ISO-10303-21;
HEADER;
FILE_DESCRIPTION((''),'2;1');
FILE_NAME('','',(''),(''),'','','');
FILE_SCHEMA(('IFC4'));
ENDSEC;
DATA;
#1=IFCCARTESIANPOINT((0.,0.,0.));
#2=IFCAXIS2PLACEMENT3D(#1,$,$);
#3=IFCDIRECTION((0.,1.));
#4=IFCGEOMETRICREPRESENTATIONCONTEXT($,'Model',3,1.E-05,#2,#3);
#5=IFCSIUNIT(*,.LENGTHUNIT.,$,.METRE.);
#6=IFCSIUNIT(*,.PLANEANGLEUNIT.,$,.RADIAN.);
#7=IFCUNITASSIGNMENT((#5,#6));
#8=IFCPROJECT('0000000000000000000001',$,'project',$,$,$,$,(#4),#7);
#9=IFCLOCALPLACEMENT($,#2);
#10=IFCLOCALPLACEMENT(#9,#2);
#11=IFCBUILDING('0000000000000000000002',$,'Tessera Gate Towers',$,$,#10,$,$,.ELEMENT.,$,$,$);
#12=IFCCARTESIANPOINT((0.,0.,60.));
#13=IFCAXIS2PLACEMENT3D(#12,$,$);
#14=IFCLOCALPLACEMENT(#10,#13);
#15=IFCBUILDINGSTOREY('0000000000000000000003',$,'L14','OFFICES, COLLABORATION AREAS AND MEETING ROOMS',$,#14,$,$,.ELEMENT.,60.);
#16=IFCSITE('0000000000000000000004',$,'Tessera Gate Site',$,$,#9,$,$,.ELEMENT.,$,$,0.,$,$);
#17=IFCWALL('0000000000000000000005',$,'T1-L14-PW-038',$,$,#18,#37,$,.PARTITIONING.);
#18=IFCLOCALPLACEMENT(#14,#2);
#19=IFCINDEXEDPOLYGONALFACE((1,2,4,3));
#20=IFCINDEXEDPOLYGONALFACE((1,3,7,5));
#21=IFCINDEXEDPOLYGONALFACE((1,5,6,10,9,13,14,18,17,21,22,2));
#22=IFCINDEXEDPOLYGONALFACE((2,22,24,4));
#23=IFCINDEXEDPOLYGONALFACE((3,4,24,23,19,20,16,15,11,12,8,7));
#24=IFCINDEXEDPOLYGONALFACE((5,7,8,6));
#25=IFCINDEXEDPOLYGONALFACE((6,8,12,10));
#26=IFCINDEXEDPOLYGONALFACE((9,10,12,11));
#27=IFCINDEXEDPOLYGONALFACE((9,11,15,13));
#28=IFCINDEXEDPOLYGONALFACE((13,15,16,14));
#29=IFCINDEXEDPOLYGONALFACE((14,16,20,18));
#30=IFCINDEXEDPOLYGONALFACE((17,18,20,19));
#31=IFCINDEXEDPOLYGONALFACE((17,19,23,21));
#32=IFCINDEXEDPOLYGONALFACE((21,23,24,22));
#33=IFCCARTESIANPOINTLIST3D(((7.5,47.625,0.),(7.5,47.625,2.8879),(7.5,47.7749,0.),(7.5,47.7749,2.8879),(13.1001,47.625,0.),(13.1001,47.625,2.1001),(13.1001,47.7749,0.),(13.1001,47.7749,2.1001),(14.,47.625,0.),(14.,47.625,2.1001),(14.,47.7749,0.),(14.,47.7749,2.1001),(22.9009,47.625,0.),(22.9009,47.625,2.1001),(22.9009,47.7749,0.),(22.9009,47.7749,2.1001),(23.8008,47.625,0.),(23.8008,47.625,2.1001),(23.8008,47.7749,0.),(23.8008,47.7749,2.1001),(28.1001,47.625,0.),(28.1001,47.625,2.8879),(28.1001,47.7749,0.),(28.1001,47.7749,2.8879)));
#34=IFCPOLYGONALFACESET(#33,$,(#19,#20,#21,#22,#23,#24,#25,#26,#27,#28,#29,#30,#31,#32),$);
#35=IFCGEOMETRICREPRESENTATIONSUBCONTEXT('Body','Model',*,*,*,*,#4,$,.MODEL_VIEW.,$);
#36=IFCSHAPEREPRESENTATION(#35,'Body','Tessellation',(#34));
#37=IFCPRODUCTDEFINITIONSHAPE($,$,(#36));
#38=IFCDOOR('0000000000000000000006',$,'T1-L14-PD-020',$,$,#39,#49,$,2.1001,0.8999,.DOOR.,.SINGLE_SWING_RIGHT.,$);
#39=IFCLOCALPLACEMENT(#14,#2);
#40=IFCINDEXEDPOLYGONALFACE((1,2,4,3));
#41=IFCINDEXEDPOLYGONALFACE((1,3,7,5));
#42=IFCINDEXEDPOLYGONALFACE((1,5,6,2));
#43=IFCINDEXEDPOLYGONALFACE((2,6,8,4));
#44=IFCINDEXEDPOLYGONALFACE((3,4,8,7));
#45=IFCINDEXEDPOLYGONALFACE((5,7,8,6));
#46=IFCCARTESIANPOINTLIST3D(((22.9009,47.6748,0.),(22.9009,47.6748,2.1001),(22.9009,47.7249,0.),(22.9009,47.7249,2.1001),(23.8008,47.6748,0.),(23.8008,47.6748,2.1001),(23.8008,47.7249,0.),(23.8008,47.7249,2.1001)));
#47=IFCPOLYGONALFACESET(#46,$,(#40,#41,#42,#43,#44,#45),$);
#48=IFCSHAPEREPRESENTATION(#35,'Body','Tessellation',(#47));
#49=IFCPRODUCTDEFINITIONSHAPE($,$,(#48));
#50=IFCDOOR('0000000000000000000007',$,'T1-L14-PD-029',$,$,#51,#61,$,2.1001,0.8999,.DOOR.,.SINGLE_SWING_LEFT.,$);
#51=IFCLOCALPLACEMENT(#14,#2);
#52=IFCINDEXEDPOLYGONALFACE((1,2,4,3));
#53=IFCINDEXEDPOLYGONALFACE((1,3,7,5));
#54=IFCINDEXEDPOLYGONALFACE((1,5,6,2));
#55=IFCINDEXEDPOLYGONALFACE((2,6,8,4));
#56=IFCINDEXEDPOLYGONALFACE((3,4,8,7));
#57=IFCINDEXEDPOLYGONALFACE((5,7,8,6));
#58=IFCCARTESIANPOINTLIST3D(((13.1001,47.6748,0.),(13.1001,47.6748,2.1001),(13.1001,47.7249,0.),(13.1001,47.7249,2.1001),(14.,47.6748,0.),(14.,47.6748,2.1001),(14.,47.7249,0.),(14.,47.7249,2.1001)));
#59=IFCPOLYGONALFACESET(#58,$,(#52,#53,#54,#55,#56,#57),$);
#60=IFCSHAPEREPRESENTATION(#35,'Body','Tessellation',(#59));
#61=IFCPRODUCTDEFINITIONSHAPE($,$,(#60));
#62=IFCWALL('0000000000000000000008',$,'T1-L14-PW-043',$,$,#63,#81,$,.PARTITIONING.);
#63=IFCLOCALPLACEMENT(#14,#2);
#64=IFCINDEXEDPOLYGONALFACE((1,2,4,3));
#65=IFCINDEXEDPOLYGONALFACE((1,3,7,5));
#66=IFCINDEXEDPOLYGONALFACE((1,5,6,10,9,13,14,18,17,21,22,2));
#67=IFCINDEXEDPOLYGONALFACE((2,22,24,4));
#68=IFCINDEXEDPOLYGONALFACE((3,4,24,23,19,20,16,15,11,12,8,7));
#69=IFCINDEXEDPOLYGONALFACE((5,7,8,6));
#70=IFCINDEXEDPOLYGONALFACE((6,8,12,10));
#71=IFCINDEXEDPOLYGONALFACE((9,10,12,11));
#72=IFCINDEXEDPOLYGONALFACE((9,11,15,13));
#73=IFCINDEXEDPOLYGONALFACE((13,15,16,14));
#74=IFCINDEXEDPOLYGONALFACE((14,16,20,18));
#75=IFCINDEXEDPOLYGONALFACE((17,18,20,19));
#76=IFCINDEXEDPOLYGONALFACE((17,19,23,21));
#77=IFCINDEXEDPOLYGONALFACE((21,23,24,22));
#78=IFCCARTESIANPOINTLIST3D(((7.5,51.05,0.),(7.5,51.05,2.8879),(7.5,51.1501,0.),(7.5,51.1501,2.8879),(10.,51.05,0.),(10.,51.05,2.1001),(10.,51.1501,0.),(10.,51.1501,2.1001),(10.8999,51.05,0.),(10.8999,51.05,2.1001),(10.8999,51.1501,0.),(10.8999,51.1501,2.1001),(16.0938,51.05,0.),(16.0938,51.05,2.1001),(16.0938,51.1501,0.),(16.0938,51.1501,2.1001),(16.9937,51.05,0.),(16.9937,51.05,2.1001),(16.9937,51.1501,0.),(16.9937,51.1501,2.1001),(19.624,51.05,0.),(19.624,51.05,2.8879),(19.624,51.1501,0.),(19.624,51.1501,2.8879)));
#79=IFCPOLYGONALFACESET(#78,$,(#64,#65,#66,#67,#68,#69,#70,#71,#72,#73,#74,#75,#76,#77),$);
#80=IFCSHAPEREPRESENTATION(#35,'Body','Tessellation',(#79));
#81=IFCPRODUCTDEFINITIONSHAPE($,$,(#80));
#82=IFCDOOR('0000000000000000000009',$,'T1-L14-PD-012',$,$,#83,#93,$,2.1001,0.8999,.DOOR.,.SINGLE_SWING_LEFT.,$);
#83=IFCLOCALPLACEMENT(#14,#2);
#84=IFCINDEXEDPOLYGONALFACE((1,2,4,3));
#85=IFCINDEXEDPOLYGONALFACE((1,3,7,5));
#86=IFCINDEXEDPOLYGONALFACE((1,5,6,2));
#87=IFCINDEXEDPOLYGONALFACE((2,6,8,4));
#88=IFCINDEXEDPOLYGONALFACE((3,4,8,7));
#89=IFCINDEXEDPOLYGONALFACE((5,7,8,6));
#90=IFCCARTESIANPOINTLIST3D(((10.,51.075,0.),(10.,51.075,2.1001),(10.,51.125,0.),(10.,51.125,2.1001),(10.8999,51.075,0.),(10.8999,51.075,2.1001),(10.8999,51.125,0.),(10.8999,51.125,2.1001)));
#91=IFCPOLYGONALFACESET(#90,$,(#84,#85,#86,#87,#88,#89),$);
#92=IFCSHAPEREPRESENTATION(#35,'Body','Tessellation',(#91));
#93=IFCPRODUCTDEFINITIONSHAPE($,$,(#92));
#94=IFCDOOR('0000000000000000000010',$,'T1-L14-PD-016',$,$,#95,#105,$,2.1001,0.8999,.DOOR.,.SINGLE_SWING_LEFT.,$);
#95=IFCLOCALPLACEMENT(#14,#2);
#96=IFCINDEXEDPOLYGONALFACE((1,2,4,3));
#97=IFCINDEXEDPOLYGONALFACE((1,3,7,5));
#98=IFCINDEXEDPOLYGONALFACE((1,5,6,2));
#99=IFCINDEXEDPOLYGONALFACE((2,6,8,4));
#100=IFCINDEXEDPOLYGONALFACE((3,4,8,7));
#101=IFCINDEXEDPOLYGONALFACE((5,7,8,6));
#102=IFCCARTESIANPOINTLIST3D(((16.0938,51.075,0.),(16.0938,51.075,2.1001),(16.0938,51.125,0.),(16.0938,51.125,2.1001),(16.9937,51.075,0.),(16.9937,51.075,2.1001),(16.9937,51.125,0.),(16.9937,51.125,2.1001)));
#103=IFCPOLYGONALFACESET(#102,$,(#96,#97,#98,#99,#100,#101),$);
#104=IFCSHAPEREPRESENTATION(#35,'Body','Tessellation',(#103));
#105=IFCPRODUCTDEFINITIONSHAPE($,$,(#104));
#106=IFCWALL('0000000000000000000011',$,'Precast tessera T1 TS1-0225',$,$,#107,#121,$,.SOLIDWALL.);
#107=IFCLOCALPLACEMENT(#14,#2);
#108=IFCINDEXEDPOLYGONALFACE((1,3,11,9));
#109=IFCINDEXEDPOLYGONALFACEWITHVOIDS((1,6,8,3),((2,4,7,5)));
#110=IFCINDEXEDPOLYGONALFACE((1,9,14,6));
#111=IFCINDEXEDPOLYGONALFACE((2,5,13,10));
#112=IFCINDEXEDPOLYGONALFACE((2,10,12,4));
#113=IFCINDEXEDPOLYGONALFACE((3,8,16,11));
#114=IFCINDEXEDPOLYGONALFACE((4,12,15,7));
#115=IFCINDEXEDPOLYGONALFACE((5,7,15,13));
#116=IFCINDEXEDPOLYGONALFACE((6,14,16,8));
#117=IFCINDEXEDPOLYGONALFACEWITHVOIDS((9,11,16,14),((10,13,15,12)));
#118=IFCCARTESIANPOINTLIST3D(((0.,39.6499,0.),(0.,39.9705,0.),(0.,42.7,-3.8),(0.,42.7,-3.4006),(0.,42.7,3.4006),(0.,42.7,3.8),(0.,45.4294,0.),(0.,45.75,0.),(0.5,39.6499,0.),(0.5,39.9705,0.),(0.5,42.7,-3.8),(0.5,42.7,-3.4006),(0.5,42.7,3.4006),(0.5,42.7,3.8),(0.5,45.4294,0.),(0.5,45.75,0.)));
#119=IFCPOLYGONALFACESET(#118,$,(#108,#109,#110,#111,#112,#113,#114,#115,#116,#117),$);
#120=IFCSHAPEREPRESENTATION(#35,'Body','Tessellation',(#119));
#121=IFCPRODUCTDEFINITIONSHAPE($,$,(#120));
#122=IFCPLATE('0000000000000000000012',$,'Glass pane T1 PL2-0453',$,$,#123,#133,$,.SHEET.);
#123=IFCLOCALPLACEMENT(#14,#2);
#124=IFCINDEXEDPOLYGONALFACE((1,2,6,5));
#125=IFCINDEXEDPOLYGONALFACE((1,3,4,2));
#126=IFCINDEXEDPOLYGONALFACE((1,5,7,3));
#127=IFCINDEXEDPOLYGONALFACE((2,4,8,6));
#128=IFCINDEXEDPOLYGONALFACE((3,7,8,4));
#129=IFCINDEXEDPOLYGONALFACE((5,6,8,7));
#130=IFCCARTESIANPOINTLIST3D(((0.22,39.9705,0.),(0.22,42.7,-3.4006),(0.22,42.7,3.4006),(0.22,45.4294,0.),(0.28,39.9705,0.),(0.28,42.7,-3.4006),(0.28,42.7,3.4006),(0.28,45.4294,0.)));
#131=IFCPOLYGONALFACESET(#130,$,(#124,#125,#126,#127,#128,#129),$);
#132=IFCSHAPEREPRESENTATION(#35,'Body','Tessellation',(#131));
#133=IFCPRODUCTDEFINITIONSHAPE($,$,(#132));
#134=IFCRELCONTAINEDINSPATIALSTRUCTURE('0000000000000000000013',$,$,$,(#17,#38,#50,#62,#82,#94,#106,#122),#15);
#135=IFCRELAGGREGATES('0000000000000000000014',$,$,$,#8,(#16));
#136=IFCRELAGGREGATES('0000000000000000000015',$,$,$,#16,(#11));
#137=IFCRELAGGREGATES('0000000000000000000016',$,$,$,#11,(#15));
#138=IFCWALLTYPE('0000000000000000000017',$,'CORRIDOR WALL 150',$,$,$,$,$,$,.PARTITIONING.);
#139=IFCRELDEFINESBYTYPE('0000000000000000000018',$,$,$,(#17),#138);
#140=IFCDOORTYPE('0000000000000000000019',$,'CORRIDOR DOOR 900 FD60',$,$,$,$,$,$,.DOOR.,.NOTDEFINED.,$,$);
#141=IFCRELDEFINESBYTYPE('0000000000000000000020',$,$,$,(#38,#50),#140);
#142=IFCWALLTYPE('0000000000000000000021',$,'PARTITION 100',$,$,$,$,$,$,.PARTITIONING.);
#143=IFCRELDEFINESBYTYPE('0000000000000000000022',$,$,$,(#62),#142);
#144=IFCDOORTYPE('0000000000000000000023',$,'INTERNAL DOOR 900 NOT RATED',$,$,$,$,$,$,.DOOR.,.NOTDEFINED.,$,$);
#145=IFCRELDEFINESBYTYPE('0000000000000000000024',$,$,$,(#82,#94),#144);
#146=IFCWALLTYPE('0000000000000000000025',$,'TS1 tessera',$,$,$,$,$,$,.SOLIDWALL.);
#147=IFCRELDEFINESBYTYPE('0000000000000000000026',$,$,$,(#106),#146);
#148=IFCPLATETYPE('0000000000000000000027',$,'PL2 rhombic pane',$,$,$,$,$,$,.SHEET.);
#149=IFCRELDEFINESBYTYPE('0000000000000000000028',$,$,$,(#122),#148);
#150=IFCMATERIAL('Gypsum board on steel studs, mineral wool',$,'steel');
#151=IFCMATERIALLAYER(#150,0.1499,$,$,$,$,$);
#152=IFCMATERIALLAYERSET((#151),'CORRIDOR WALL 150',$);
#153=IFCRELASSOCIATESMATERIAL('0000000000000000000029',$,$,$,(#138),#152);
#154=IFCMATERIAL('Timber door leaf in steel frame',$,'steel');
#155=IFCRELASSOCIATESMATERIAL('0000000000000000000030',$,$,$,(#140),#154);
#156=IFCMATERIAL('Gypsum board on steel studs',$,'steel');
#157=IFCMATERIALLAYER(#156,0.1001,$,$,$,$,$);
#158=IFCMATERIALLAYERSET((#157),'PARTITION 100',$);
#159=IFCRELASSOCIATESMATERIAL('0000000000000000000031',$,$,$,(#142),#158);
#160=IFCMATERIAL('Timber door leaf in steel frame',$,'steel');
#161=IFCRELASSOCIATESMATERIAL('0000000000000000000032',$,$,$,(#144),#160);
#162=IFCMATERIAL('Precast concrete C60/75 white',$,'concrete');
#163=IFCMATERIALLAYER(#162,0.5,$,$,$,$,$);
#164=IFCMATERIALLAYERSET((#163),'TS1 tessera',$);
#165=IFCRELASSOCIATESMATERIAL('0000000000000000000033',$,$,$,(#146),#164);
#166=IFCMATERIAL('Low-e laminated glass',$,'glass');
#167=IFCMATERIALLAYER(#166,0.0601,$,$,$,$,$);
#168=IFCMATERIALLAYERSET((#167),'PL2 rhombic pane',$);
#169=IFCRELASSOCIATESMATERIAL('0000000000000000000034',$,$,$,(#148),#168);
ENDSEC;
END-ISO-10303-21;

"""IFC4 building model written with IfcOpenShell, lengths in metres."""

from ifc_helpers import new_model, si_unit, direction, frame, frame_2d, origin, place, context, subcontext, project, spatial, polyline, rectangle, outline, extrude, source, transform, mapped, material, layer, layer_set, type_object, element, fill, save


model = new_model("IFC4")

# Units and contexts
model_context = context("Model", 3, precision=1e-05, world=origin(), true_north=direction((0.0, 1.0)))
body_context = subcontext(model_context, "Body", "Model", "MODEL_VIEW")
ifc_project = project(units=[si_unit("LENGTHUNIT", "METRE"), si_unit("PLANEANGLEUNIT", "RADIAN")], contexts=[model_context])

# Site, building, storey
site_placement = place(None, origin())
site = spatial("IfcSite", under=ifc_project, at=site_placement, Name="Tessera Gate Site", CompositionType="ELEMENT", RefElevation=0.0)
building_placement = place(site_placement, origin())
building = spatial("IfcBuilding", under=site, at=building_placement, Name="Tessera Gate Towers", CompositionType="ELEMENT")
storey_placement = place(building_placement, frame((0.0, 0.0, 60.0)))
storey = spatial("IfcBuildingStorey", under=building, at=storey_placement, Name="L14", Description="OFFICES, COLLABORATION AREAS AND MEETING ROOMS", CompositionType="ELEMENT", Elevation=60.0)

# Walls, openings, doors
ifc_material_1 = material(Name="Gypsum board on steel studs, mineral wool", Category="steel")
ifc_layer_1 = layer(ifc_material_1, 0.1499)
ifc_layer_set_1 = layer_set([ifc_layer_1], Name="CORRIDOR WALL 150")
wall_type_1 = type_object("IfcWallType", Name="CORRIDOR WALL 150", PredefinedType="PARTITIONING", material=ifc_layer_set_1)
wall_1_placement = place(storey_placement, frame((7.5, 47.7, 0.0), z_axis=(0.0, 0.0, 1.0), x_axis=(1.0, 0.0, 0.0)))
wall_1 = element("IfcWall", 1, at=wall_1_placement, inside=storey, type_object=wall_type_1, Name="T1-L14-PW-038", PredefinedType="PARTITIONING", context=body_context, shape_type="SweptSolid", body=[
    extrude(rectangle(XDim=20.6001, YDim=0.1499, at=frame_2d((10.3, 0.0))), origin(), (0.0, 0.0, 1.0), 2.8879),
])
shared_shape_1 = source(origin(), body_context, "Body", "SweptSolid", [
    extrude(rectangle(XDim=0.8999, YDim=2.1001, at=frame_2d((0.45, 1.05))), frame((0.0, 0.085, 0.0), z_axis=(0.0, -1.0, 0.0), x_axis=(1.0, 0.0, 0.0)), (0.0, 0.0, 1.0), 0.1699),
])
opening_1_placement = place(wall_1_placement, frame((15.4009, 0.0, 0.0)))
opening_1 = element("IfcOpeningElement", 2, at=opening_1_placement, cuts=wall_1, PredefinedType="OPENING", context=body_context, shape_type="MappedRepresentation", body=[
    mapped(shared_shape_1, transform((0.0, 0.0, 0.0), scale=1.0)),
])
opening_2_placement = place(wall_1_placement, frame((5.6001, 0.0, 0.0)))
opening_2 = element("IfcOpeningElement", 3, at=opening_2_placement, cuts=wall_1, PredefinedType="OPENING", context=body_context, shape_type="MappedRepresentation", body=[
    mapped(shared_shape_1, transform((0.0, 0.0, 0.0), scale=1.0)),
])
ifc_material_2 = material(Name="Timber door leaf in steel frame", Category="steel")
door_type_1 = type_object("IfcDoorType", Name="CORRIDOR DOOR 900 FD60", OperationType="NOTDEFINED", PredefinedType="DOOR", material=ifc_material_2)
shared_shape_2 = source(origin(), body_context, "Body", "SweptSolid", [
    extrude(rectangle(XDim=0.8999, YDim=2.1001, at=frame_2d((0.45, 1.05))), frame((0.0, 0.0249, 0.0), z_axis=(0.0, -1.0, 0.0), x_axis=(1.0, 0.0, 0.0)), (0.0, 0.0, 1.0), 0.05),
])
door_1_placement = place(opening_1_placement, origin())
door_1 = element("IfcDoor", 4, at=door_1_placement, inside=storey, type_object=door_type_1, Name="T1-L14-PD-020", OperationType="SINGLE_SWING_RIGHT", OverallHeight=2.1001, OverallWidth=0.8999, PredefinedType="DOOR", context=body_context, shape_type="MappedRepresentation", body=[
    mapped(shared_shape_2, transform((0.0, 0.0, 0.0), scale=1.0)),
])
fill(opening_1, door_1)
door_2_placement = place(opening_2_placement, origin())
door_2 = element("IfcDoor", 5, at=door_2_placement, inside=storey, type_object=door_type_1, Name="T1-L14-PD-029", OperationType="SINGLE_SWING_LEFT", OverallHeight=2.1001, OverallWidth=0.8999, PredefinedType="DOOR", context=body_context, shape_type="MappedRepresentation", body=[
    mapped(shared_shape_2, transform((0.0, 0.0, 0.0), scale=1.0)),
])
fill(opening_2, door_2)
ifc_material_3 = material(Name="Gypsum board on steel studs", Category="steel")
ifc_layer_2 = layer(ifc_material_3, 0.1001)
ifc_layer_set_2 = layer_set([ifc_layer_2], Name="PARTITION 100")
wall_type_2 = type_object("IfcWallType", Name="PARTITION 100", PredefinedType="PARTITIONING", material=ifc_layer_set_2)
wall_2_placement = place(storey_placement, frame((7.5, 51.1001, 0.0), z_axis=(0.0, 0.0, 1.0), x_axis=(1.0, 0.0, 0.0)))
wall_2 = element("IfcWall", 6, at=wall_2_placement, inside=storey, type_object=wall_type_2, Name="T1-L14-PW-043", PredefinedType="PARTITIONING", context=body_context, shape_type="SweptSolid", body=[
    extrude(rectangle(XDim=12.124, YDim=0.1001, at=frame_2d((6.062, 0.0))), origin(), (0.0, 0.0, 1.0), 2.8879),
])
shared_shape_3 = source(origin(), body_context, "Body", "SweptSolid", [
    extrude(rectangle(XDim=0.8999, YDim=2.1001, at=frame_2d((0.45, 1.05))), frame((0.0, 0.0601, 0.0), z_axis=(0.0, -1.0, 0.0), x_axis=(1.0, 0.0, 0.0)), (0.0, 0.0, 1.0), 0.1201),
])
opening_3_placement = place(wall_2_placement, frame((2.5, 0.0, 0.0)))
opening_3 = element("IfcOpeningElement", 7, at=opening_3_placement, cuts=wall_2, PredefinedType="OPENING", context=body_context, shape_type="MappedRepresentation", body=[
    mapped(shared_shape_3, transform((0.0, 0.0, 0.0), scale=1.0)),
])
opening_4_placement = place(wall_2_placement, frame((8.5938, 0.0, 0.0)))
opening_4 = element("IfcOpeningElement", 8, at=opening_4_placement, cuts=wall_2, PredefinedType="OPENING", context=body_context, shape_type="MappedRepresentation", body=[
    mapped(shared_shape_3, transform((0.0, 0.0, 0.0), scale=1.0)),
])
ifc_material_4 = material(Name="Timber door leaf in steel frame", Category="steel")
door_type_2 = type_object("IfcDoorType", Name="INTERNAL DOOR 900 NOT RATED", OperationType="NOTDEFINED", PredefinedType="DOOR", material=ifc_material_4)
door_3_placement = place(opening_3_placement, origin())
door_3 = element("IfcDoor", 9, at=door_3_placement, inside=storey, type_object=door_type_2, Name="T1-L14-PD-012", OperationType="SINGLE_SWING_LEFT", OverallHeight=2.1001, OverallWidth=0.8999, PredefinedType="DOOR", context=body_context, shape_type="MappedRepresentation", body=[
    mapped(shared_shape_2, transform((0.0, 0.0, 0.0), scale=1.0)),
])
fill(opening_3, door_3)
door_4_placement = place(opening_4_placement, origin())
door_4 = element("IfcDoor", 10, at=door_4_placement, inside=storey, type_object=door_type_2, Name="T1-L14-PD-016", OperationType="SINGLE_SWING_LEFT", OverallHeight=2.1001, OverallWidth=0.8999, PredefinedType="DOOR", context=body_context, shape_type="MappedRepresentation", body=[
    mapped(shared_shape_2, transform((0.0, 0.0, 0.0), scale=1.0)),
])
fill(opening_4, door_4)

# Wall, opening, plate
ifc_material_5 = material(Name="Precast concrete C60/75 white", Category="concrete")
ifc_layer_3 = layer(ifc_material_5, 0.5)
ifc_layer_set_3 = layer_set([ifc_layer_3], Name="TS1 tessera")
wall_type_3 = type_object("IfcWallType", Name="TS1 tessera", PredefinedType="SOLIDWALL", material=ifc_layer_set_3)
shared_shape_4 = source(origin(), body_context, "Body", "SweptSolid", [
    extrude(outline(polyline([(3.05, 0.0), (6.1001, 3.8), (3.05, 7.6001), (0.0, 3.8), (3.05, 0.0)])), frame((0.0, 0.25, 0.0), z_axis=(0.0, -1.0, 0.0), x_axis=(1.0, 0.0, 0.0)), (0.0, 0.0, 1.0), 0.5),
])
wall_3_placement = place(storey_placement, frame((0.25, 45.75, -3.8), z_axis=(0.0, 0.0, 1.0), x_axis=(0.0, -1.0, 0.0)))
wall_3 = element("IfcWall", 11, at=wall_3_placement, inside=storey, type_object=wall_type_3, Name="Precast tessera T1 TS1-0225", PredefinedType="SOLIDWALL", context=body_context, shape_type="MappedRepresentation", body=[
    mapped(shared_shape_4, transform((0.0, 0.0, 0.0), scale=1.0)),
])
shared_shape_5 = source(origin(), body_context, "Body", "SweptSolid", [
    extrude(outline(polyline([(3.05, 0.3994), (5.7795, 3.8), (3.05, 7.2007), (0.3206, 3.8), (3.05, 0.3994)])), frame((0.0, 0.26, 0.0), z_axis=(0.0, -1.0, 0.0), x_axis=(1.0, 0.0, 0.0)), (0.0, 0.0, 1.0), 0.52),
])
opening_5_placement = place(wall_3_placement, origin())
opening_5 = element("IfcOpeningElement", 12, at=opening_5_placement, cuts=wall_3, PredefinedType="OPENING", context=body_context, shape_type="MappedRepresentation", body=[
    mapped(shared_shape_5, transform((0.0, 0.0, 0.0), scale=1.0)),
])
ifc_material_6 = material(Name="Low-e laminated glass", Category="glass")
ifc_layer_4 = layer(ifc_material_6, 0.0601)
ifc_layer_set_4 = layer_set([ifc_layer_4], Name="PL2 rhombic pane")
plate_type = type_object("IfcPlateType", Name="PL2 rhombic pane", PredefinedType="SHEET", material=ifc_layer_set_4)
shared_shape_6 = source(origin(), body_context, "Body", "SweptSolid", [
    extrude(outline(polyline([(3.05, 0.3994), (5.7795, 3.8), (3.05, 7.2007), (0.3206, 3.8), (3.05, 0.3994)])), frame((0.0, 0.03, 0.0), z_axis=(0.0, -1.0, 0.0), x_axis=(1.0, 0.0, 0.0)), (0.0, 0.0, 1.0), 0.0601),
])
plate_placement = place(opening_5_placement, origin())
plate = element("IfcPlate", 13, at=plate_placement, inside=storey, type_object=plate_type, Name="Glass pane T1 PL2-0453", PredefinedType="SHEET", context=body_context, shape_type="MappedRepresentation", body=[
    mapped(shared_shape_6, transform((0.0, 0.0, 0.0), scale=1.0)),
])
fill(opening_5, plate)

save(model, "model.ifc")
